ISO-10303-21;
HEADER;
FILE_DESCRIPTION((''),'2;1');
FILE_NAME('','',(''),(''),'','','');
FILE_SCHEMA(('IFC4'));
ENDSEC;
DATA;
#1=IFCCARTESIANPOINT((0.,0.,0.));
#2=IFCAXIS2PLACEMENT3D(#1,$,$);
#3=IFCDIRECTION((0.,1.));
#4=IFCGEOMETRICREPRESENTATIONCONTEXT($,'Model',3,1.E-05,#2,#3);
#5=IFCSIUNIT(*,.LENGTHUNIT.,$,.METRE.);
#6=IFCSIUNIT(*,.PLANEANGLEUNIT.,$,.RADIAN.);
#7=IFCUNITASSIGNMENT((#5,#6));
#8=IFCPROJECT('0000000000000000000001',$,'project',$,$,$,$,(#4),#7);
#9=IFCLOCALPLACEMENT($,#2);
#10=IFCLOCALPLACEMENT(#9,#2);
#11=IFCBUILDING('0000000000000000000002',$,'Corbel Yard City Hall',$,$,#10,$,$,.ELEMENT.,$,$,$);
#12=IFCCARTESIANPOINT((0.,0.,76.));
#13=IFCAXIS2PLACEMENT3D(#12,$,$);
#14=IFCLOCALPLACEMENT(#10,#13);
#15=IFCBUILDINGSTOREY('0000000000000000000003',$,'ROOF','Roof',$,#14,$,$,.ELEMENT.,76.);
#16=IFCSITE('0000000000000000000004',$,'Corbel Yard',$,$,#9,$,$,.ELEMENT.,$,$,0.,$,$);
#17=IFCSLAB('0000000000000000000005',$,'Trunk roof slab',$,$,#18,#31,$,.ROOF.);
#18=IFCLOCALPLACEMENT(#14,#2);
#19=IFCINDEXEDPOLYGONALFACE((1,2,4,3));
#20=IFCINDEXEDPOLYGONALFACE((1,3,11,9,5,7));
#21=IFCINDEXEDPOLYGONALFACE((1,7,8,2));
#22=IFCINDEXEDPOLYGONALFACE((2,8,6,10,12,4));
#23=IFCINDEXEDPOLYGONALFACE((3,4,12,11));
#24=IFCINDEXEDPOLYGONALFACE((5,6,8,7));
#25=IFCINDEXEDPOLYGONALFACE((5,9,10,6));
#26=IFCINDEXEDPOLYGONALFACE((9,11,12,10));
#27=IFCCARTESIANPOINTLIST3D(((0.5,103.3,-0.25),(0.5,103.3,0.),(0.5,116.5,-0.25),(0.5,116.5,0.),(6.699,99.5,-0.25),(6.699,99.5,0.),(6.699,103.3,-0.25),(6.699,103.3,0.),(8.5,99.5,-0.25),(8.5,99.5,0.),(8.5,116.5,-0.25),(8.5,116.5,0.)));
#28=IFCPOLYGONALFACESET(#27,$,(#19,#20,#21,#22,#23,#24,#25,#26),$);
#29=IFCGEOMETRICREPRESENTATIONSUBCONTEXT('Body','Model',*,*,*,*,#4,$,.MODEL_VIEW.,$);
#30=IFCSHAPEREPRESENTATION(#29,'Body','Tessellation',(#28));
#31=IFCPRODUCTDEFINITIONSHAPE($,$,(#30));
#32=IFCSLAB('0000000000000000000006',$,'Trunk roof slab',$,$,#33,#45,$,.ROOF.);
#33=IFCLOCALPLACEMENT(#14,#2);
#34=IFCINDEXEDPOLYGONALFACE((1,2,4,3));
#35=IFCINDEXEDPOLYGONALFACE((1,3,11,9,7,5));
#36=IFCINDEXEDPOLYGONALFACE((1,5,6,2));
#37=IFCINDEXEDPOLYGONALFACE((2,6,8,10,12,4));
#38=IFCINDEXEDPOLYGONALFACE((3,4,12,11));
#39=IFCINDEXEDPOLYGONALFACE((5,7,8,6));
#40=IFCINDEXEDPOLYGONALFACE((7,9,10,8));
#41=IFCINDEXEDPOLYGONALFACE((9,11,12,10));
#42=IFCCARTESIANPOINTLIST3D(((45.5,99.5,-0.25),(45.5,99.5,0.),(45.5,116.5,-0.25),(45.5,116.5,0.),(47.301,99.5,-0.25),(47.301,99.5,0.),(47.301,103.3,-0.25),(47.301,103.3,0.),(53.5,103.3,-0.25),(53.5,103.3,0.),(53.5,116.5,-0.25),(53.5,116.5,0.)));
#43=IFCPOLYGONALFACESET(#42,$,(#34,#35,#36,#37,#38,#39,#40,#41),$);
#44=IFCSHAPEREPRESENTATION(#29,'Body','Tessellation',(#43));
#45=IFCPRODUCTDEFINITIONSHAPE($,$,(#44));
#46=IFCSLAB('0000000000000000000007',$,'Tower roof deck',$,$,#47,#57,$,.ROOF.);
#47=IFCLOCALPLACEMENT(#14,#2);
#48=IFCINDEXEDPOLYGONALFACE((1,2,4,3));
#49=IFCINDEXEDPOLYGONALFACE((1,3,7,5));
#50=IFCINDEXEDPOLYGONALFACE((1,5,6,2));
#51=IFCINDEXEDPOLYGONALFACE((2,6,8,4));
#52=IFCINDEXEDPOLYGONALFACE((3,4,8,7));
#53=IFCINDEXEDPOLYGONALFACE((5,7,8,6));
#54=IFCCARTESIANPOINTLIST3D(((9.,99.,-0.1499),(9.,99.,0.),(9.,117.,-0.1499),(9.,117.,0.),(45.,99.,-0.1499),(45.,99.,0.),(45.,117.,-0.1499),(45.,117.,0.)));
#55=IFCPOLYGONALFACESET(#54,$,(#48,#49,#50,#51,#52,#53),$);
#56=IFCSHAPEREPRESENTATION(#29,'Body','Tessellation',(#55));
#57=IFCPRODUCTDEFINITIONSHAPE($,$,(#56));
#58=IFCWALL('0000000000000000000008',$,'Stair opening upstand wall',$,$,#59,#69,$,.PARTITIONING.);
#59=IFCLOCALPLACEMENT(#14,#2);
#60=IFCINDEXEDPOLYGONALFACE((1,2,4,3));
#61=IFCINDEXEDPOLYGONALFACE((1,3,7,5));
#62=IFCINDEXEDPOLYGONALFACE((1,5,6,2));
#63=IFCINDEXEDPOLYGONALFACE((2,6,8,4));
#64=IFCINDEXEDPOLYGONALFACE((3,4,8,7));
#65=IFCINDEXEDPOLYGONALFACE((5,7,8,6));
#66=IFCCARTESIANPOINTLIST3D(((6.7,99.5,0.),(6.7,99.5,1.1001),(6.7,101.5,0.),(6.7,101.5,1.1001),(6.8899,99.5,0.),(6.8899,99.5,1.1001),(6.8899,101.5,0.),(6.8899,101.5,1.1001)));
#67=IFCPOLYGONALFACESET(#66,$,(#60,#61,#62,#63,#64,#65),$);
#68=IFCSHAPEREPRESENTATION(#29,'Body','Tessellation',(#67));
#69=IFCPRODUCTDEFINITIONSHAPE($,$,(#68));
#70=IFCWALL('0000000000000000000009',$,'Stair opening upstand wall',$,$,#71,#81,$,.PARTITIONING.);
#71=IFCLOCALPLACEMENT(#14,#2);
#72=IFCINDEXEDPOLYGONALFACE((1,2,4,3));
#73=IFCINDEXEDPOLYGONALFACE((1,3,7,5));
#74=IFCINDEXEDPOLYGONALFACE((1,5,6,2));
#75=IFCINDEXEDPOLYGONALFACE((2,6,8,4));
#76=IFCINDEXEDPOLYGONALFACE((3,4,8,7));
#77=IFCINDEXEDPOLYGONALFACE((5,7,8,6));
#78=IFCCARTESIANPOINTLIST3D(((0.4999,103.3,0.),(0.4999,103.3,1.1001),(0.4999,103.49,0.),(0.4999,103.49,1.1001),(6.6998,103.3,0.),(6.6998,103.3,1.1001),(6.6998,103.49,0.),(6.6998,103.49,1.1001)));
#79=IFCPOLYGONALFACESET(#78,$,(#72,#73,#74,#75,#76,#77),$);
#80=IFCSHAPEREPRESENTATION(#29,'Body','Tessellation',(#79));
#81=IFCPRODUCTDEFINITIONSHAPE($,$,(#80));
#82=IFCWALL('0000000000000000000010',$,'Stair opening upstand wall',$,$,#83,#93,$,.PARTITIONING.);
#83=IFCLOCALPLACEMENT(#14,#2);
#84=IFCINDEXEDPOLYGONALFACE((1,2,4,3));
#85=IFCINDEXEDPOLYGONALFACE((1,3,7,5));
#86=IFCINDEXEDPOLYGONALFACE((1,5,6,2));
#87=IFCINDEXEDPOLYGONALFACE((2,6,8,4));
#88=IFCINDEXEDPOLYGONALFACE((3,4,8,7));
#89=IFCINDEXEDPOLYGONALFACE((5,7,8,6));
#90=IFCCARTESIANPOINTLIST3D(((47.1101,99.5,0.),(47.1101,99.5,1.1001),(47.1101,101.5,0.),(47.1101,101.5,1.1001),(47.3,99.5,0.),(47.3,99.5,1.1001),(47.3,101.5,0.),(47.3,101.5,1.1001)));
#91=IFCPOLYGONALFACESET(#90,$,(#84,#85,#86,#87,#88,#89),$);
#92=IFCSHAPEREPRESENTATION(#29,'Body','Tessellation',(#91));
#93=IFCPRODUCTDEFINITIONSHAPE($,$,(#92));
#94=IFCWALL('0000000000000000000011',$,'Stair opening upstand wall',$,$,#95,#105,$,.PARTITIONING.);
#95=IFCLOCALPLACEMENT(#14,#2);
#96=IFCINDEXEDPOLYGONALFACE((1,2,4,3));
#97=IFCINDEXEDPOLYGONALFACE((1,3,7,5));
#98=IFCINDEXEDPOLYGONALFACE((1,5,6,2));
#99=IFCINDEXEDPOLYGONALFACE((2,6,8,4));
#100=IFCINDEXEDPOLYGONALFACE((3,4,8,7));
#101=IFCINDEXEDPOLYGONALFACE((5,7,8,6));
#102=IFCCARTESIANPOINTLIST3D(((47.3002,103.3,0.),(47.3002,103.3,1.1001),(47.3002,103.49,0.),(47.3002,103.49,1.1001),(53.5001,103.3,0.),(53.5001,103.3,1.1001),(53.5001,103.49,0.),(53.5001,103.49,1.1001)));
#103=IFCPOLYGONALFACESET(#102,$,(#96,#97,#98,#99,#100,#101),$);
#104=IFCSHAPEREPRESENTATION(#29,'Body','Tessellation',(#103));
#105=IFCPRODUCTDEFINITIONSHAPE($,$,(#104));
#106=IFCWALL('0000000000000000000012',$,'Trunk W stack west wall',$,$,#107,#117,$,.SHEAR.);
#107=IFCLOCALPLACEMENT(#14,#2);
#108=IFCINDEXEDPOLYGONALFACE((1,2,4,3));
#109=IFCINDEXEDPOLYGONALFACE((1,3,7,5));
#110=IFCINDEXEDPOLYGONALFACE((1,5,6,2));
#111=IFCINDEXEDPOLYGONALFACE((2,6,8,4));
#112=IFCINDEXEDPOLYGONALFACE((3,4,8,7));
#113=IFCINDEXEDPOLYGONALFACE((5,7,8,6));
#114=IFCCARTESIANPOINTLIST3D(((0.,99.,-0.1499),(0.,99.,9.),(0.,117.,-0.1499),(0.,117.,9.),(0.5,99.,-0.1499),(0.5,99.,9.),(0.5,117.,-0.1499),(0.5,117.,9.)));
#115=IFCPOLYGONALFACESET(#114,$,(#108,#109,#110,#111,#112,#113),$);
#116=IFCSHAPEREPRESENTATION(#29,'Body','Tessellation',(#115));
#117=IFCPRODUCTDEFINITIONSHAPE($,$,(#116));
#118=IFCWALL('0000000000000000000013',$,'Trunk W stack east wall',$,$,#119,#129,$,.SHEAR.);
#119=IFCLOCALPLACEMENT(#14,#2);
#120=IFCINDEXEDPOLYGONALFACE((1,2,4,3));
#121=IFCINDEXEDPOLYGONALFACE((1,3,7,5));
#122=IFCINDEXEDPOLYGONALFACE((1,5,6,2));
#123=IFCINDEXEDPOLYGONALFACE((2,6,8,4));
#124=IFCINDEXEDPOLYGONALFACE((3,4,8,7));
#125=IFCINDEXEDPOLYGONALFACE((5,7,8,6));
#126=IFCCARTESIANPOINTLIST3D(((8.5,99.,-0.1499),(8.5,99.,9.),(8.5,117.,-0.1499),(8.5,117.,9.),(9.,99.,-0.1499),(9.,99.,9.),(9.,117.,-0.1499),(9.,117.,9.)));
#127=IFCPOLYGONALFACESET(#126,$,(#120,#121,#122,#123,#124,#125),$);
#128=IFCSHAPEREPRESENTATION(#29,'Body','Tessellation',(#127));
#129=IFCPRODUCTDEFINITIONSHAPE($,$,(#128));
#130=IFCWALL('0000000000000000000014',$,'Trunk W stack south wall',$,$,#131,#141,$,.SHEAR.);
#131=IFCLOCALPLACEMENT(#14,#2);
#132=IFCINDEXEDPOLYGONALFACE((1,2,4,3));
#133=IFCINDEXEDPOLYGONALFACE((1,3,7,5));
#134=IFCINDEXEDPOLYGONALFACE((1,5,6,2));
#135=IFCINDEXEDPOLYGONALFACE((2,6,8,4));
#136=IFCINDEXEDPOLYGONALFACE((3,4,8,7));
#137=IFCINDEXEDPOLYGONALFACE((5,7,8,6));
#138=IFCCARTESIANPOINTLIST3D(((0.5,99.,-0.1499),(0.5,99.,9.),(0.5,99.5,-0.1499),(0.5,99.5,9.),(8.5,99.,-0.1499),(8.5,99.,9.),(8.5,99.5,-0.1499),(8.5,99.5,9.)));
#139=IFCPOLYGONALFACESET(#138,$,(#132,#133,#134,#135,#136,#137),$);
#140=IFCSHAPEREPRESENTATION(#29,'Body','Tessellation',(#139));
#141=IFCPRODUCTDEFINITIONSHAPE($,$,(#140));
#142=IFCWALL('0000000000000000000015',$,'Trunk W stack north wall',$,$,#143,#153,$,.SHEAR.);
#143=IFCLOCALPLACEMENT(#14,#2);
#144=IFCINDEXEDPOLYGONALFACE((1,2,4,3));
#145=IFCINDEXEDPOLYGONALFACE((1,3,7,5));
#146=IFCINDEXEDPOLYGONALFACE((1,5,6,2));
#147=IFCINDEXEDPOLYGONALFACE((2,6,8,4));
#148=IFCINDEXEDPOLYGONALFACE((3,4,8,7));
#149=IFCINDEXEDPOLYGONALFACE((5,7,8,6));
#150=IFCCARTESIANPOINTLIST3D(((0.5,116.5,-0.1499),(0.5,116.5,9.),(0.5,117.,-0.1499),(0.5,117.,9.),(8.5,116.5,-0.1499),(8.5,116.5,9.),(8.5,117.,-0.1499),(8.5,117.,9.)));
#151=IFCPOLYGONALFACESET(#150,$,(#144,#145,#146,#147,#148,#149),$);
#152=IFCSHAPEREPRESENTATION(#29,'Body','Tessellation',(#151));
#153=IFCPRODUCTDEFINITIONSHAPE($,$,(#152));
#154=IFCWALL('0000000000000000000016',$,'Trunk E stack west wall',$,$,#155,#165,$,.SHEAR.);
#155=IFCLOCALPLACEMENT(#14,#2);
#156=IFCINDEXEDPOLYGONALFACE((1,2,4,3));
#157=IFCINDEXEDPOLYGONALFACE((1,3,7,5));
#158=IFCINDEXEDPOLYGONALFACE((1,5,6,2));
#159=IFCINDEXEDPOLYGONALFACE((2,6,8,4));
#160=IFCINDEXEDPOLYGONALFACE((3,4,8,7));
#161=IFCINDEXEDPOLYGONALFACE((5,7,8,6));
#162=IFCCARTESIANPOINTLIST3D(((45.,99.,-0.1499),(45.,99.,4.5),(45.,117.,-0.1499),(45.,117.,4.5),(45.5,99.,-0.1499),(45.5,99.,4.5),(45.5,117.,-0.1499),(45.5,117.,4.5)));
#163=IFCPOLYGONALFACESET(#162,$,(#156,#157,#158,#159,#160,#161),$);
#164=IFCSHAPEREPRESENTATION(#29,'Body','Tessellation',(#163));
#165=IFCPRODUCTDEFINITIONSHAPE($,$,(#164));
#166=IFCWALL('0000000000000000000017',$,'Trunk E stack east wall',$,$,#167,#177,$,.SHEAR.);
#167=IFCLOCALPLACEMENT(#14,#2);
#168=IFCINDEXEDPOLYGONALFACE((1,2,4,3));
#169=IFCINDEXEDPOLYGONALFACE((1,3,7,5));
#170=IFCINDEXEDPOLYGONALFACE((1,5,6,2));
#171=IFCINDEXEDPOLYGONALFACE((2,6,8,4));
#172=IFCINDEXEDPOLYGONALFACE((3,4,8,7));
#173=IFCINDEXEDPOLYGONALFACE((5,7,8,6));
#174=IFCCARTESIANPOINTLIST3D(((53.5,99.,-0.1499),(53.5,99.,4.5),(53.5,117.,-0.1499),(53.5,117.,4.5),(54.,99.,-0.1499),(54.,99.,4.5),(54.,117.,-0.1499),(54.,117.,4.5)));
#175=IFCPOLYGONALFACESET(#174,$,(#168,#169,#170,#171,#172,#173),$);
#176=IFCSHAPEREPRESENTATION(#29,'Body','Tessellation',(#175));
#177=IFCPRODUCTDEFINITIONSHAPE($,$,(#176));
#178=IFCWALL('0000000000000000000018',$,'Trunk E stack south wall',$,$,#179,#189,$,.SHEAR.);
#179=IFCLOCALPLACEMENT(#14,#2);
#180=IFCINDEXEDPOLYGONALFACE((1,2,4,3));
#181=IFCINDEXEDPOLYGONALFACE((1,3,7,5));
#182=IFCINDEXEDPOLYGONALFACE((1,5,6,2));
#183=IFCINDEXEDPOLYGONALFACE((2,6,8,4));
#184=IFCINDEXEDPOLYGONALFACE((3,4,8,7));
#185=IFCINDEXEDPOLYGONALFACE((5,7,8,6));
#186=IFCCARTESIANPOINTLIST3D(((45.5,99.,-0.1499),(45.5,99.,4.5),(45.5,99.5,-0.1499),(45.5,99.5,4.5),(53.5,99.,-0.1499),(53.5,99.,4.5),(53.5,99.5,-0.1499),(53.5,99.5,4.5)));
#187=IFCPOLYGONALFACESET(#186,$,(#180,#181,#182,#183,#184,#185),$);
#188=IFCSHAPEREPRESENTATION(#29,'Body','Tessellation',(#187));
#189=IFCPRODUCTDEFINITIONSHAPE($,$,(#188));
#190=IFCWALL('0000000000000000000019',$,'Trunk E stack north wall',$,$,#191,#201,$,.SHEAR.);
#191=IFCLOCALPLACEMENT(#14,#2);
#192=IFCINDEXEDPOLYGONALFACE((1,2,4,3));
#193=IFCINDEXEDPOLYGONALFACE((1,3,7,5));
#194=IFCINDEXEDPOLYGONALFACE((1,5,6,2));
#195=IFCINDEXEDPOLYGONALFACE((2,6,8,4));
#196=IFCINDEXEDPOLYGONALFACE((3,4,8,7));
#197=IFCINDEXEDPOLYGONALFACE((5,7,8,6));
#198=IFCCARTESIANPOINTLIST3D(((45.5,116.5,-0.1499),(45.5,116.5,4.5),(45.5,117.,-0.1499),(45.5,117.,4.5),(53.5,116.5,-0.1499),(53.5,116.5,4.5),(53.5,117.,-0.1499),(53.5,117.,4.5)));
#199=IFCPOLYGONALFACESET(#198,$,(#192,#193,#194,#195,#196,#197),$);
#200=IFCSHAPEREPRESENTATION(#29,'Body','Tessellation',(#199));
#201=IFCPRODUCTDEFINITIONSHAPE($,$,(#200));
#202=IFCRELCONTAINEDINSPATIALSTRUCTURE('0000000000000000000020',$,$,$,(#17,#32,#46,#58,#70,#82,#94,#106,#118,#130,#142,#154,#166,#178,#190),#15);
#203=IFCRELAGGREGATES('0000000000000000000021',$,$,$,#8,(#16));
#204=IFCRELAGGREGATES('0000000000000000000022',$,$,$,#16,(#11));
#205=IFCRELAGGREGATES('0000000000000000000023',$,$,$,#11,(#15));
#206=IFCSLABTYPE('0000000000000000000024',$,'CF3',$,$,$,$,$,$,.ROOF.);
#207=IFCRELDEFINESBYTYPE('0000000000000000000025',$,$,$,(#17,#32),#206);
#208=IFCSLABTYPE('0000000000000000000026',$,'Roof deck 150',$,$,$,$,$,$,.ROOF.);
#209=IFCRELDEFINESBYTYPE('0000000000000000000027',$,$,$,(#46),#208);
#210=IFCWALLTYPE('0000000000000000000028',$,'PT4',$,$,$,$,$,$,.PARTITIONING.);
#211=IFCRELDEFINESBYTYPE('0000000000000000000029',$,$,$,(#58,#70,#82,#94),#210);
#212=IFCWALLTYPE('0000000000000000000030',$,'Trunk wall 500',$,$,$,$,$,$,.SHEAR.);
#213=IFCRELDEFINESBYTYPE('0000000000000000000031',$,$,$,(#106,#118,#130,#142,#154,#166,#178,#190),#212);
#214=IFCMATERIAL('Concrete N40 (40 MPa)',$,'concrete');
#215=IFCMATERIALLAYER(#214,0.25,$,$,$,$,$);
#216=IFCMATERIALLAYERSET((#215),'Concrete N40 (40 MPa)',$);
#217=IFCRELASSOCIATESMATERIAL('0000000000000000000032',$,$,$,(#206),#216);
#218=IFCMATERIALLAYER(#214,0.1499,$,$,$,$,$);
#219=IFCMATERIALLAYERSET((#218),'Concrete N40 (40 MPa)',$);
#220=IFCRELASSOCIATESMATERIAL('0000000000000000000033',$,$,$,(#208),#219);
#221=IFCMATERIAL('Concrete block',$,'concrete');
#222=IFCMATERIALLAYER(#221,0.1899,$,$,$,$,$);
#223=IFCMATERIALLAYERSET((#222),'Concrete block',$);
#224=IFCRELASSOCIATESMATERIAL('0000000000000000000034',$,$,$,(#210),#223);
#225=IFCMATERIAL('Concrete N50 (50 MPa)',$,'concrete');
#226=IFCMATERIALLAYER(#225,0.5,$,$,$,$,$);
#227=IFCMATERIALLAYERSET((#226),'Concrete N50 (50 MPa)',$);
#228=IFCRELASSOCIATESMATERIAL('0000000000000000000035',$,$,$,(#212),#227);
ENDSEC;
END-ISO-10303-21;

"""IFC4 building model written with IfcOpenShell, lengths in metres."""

from ifc_helpers import new_model, si_unit, direction, frame, frame_2d, origin, place, context, subcontext, project, spatial, polyline, rectangle, outline, extrude, material, layer, layer_set, type_object, element, save


model = new_model("IFC4")

# Units and contexts
model_context = context("Model", 3, precision=1e-05, world=origin(), true_north=direction((0.0, 1.0)))
body_context = subcontext(model_context, "Body", "Model", "MODEL_VIEW")
ifc_project = project(units=[si_unit("LENGTHUNIT", "METRE"), si_unit("PLANEANGLEUNIT", "RADIAN")], contexts=[model_context])

# Site, building, storey
site_placement = place(None, origin())
site = spatial("IfcSite", under=ifc_project, at=site_placement, Name="Corbel Yard", CompositionType="ELEMENT", RefElevation=0.0)
building_placement = place(site_placement, origin())
building = spatial("IfcBuilding", under=site, at=building_placement, Name="Corbel Yard City Hall", CompositionType="ELEMENT")
storey_placement = place(building_placement, frame((0.0, 0.0, 76.0)))
storey = spatial("IfcBuildingStorey", under=building, at=storey_placement, Name="ROOF", Description="Roof", CompositionType="ELEMENT", Elevation=76.0)

# Slabs
ifc_material_1 = material(Name="Concrete N40 (40 MPa)", Category="concrete")
ifc_layer_1 = layer(ifc_material_1, 0.25)
ifc_layer_set_1 = layer_set([ifc_layer_1], Name="Concrete N40 (40 MPa)")
slab_type_1 = type_object("IfcSlabType", Name="CF3", PredefinedType="ROOF", material=ifc_layer_set_1)
slab_1_placement = place(storey_placement, frame((0.0, 0.0, -0.25)))
element("IfcSlab", 1, at=slab_1_placement, inside=storey, type_object=slab_type_1, Name="Trunk roof slab", PredefinedType="ROOF", context=body_context, shape_type="SweptSolid", body=[
    extrude(outline(polyline([(0.5, 116.5), (0.5, 103.3), (6.699, 103.3), (6.699, 99.5), (8.5, 99.5), (8.5, 116.5), (0.5, 116.5)])), origin(), (0.0, 0.0, 1.0), 0.25),
])
slab_2_placement = place(storey_placement, frame((0.0, 0.0, -0.25)))
element("IfcSlab", 2, at=slab_2_placement, inside=storey, type_object=slab_type_1, Name="Trunk roof slab", PredefinedType="ROOF", context=body_context, shape_type="SweptSolid", body=[
    extrude(outline(polyline([(45.5, 99.5), (47.301, 99.5), (47.301, 103.3), (53.5, 103.3), (53.5, 116.5), (45.5, 116.5), (45.5, 99.5)])), origin(), (0.0, 0.0, 1.0), 0.25),
])
ifc_layer_2 = layer(ifc_material_1, 0.1499)
ifc_layer_set_2 = layer_set([ifc_layer_2], Name="Concrete N40 (40 MPa)")
slab_type_2 = type_object("IfcSlabType", Name="Roof deck 150", PredefinedType="ROOF", material=ifc_layer_set_2)
slab_3_placement = place(storey_placement, frame((0.0, 0.0, -0.1499)))
element("IfcSlab", 3, at=slab_3_placement, inside=storey, type_object=slab_type_2, Name="Tower roof deck", PredefinedType="ROOF", context=body_context, shape_type="SweptSolid", body=[
    extrude(outline(polyline([(45.0, 99.0), (45.0, 117.0), (9.0, 117.0), (9.0, 99.0), (45.0, 99.0)])), origin(), (0.0, 0.0, 1.0), 0.1499),
])

# Walls
ifc_material_2 = material(Name="Concrete block", Category="concrete")
ifc_layer_3 = layer(ifc_material_2, 0.1899)
ifc_layer_set_3 = layer_set([ifc_layer_3], Name="Concrete block")
wall_type_1 = type_object("IfcWallType", Name="PT4", PredefinedType="PARTITIONING", material=ifc_layer_set_3)
wall_1_placement = place(storey_placement, frame((6.7949, 99.5, 0.0), z_axis=(0.0, 0.0, 1.0), x_axis=(0.0, 1.0, 0.0)))
element("IfcWall", 4, at=wall_1_placement, inside=storey, type_object=wall_type_1, Name="Stair opening upstand wall", PredefinedType="PARTITIONING", context=body_context, shape_type="SweptSolid", body=[
    extrude(rectangle(XDim=2.0, YDim=0.1899, at=frame_2d((1.0, 0.0))), origin(), (0.0, 0.0, 1.0), 1.1001),
])
wall_2_placement = place(storey_placement, frame((6.7, 103.395, 0.0), z_axis=(0.0, 0.0, 1.0), x_axis=(-1.0, 0.0, 0.0)))
element("IfcWall", 5, at=wall_2_placement, inside=storey, type_object=wall_type_1, Name="Stair opening upstand wall", PredefinedType="PARTITIONING", context=body_context, shape_type="SweptSolid", body=[
    extrude(rectangle(XDim=6.2, YDim=0.1899, at=frame_2d((3.1001, 0.0))), origin(), (0.0, 0.0, 1.0), 1.1001),
])
wall_3_placement = place(storey_placement, frame((47.2051, 99.5, 0.0), z_axis=(0.0, 0.0, 1.0), x_axis=(0.0, 1.0, 0.0)))
element("IfcWall", 6, at=wall_3_placement, inside=storey, type_object=wall_type_1, Name="Stair opening upstand wall", PredefinedType="PARTITIONING", context=body_context, shape_type="SweptSolid", body=[
    extrude(rectangle(XDim=2.0, YDim=0.1899, at=frame_2d((1.0, 0.0))), origin(), (0.0, 0.0, 1.0), 1.1001),
])
wall_4_placement = place(storey_placement, frame((47.3, 103.395, 0.0), z_axis=(0.0, 0.0, 1.0), x_axis=(1.0, 0.0, 0.0)))
element("IfcWall", 7, at=wall_4_placement, inside=storey, type_object=wall_type_1, Name="Stair opening upstand wall", PredefinedType="PARTITIONING", context=body_context, shape_type="SweptSolid", body=[
    extrude(rectangle(XDim=6.2, YDim=0.1899, at=frame_2d((3.1001, 0.0))), origin(), (0.0, 0.0, 1.0), 1.1001),
])
ifc_material_3 = material(Name="Concrete N50 (50 MPa)", Category="concrete")
ifc_layer_4 = layer(ifc_material_3, 0.5)
ifc_layer_set_4 = layer_set([ifc_layer_4], Name="Concrete N50 (50 MPa)")
wall_type_2 = type_object("IfcWallType", Name="Trunk wall 500", PredefinedType="SHEAR", material=ifc_layer_set_4)
for number, where, z_axis, x_axis, name in (
    (8, (0.25, 99.0, -0.1499), (0.0, 0.0, 1.0), (0.0, 1.0, 0.0), "Trunk W stack west wall"),
    (9, (8.75, 99.0, -0.1499), (0.0, 0.0, 1.0), (0.0, 1.0, 0.0), "Trunk W stack east wall"),
):
    element("IfcWall", number, at=place(storey_placement, frame(where, z_axis=z_axis, x_axis=x_axis)), inside=storey, type_object=wall_type_2, Name=name, PredefinedType="SHEAR", context=body_context, shape_type="SweptSolid", body=[
        extrude(rectangle(XDim=18.0, YDim=0.5, at=frame_2d((9.0, 0.0))), origin(), (0.0, 0.0, 1.0), 9.1499),
    ])
for number, where, z_axis, x_axis, name in (
    (10, (0.5, 99.25, -0.1499), (0.0, 0.0, 1.0), (1.0, 0.0, 0.0), "Trunk W stack south wall"),
    (11, (0.5, 116.75, -0.1499), (0.0, 0.0, 1.0), (1.0, 0.0, 0.0), "Trunk W stack north wall"),
):
    element("IfcWall", number, at=place(storey_placement, frame(where, z_axis=z_axis, x_axis=x_axis)), inside=storey, type_object=wall_type_2, Name=name, PredefinedType="SHEAR", context=body_context, shape_type="SweptSolid", body=[
        extrude(rectangle(XDim=8.0, YDim=0.5, at=frame_2d((4.0, 0.0))), origin(), (0.0, 0.0, 1.0), 9.1499),
    ])
for number, where, z_axis, x_axis, name in (
    (12, (45.25, 99.0, -0.1499), (0.0, 0.0, 1.0), (0.0, 1.0, 0.0), "Trunk E stack west wall"),
    (13, (53.75, 99.0, -0.1499), (0.0, 0.0, 1.0), (0.0, 1.0, 0.0), "Trunk E stack east wall"),
):
    element("IfcWall", number, at=place(storey_placement, frame(where, z_axis=z_axis, x_axis=x_axis)), inside=storey, type_object=wall_type_2, Name=name, PredefinedType="SHEAR", context=body_context, shape_type="SweptSolid", body=[
        extrude(rectangle(XDim=18.0, YDim=0.5, at=frame_2d((9.0, 0.0))), origin(), (0.0, 0.0, 1.0), 4.6499),
    ])
for number, where, z_axis, x_axis, name in (
    (14, (45.5, 99.25, -0.1499), (0.0, 0.0, 1.0), (1.0, 0.0, 0.0), "Trunk E stack south wall"),
    (15, (45.5, 116.75, -0.1499), (0.0, 0.0, 1.0), (1.0, 0.0, 0.0), "Trunk E stack north wall"),
):
    element("IfcWall", number, at=place(storey_placement, frame(where, z_axis=z_axis, x_axis=x_axis)), inside=storey, type_object=wall_type_2, Name=name, PredefinedType="SHEAR", context=body_context, shape_type="SweptSolid", body=[
        extrude(rectangle(XDim=8.0, YDim=0.5, at=frame_2d((4.0, 0.0))), origin(), (0.0, 0.0, 1.0), 4.6499),
    ])

save(model, "model.ifc")
